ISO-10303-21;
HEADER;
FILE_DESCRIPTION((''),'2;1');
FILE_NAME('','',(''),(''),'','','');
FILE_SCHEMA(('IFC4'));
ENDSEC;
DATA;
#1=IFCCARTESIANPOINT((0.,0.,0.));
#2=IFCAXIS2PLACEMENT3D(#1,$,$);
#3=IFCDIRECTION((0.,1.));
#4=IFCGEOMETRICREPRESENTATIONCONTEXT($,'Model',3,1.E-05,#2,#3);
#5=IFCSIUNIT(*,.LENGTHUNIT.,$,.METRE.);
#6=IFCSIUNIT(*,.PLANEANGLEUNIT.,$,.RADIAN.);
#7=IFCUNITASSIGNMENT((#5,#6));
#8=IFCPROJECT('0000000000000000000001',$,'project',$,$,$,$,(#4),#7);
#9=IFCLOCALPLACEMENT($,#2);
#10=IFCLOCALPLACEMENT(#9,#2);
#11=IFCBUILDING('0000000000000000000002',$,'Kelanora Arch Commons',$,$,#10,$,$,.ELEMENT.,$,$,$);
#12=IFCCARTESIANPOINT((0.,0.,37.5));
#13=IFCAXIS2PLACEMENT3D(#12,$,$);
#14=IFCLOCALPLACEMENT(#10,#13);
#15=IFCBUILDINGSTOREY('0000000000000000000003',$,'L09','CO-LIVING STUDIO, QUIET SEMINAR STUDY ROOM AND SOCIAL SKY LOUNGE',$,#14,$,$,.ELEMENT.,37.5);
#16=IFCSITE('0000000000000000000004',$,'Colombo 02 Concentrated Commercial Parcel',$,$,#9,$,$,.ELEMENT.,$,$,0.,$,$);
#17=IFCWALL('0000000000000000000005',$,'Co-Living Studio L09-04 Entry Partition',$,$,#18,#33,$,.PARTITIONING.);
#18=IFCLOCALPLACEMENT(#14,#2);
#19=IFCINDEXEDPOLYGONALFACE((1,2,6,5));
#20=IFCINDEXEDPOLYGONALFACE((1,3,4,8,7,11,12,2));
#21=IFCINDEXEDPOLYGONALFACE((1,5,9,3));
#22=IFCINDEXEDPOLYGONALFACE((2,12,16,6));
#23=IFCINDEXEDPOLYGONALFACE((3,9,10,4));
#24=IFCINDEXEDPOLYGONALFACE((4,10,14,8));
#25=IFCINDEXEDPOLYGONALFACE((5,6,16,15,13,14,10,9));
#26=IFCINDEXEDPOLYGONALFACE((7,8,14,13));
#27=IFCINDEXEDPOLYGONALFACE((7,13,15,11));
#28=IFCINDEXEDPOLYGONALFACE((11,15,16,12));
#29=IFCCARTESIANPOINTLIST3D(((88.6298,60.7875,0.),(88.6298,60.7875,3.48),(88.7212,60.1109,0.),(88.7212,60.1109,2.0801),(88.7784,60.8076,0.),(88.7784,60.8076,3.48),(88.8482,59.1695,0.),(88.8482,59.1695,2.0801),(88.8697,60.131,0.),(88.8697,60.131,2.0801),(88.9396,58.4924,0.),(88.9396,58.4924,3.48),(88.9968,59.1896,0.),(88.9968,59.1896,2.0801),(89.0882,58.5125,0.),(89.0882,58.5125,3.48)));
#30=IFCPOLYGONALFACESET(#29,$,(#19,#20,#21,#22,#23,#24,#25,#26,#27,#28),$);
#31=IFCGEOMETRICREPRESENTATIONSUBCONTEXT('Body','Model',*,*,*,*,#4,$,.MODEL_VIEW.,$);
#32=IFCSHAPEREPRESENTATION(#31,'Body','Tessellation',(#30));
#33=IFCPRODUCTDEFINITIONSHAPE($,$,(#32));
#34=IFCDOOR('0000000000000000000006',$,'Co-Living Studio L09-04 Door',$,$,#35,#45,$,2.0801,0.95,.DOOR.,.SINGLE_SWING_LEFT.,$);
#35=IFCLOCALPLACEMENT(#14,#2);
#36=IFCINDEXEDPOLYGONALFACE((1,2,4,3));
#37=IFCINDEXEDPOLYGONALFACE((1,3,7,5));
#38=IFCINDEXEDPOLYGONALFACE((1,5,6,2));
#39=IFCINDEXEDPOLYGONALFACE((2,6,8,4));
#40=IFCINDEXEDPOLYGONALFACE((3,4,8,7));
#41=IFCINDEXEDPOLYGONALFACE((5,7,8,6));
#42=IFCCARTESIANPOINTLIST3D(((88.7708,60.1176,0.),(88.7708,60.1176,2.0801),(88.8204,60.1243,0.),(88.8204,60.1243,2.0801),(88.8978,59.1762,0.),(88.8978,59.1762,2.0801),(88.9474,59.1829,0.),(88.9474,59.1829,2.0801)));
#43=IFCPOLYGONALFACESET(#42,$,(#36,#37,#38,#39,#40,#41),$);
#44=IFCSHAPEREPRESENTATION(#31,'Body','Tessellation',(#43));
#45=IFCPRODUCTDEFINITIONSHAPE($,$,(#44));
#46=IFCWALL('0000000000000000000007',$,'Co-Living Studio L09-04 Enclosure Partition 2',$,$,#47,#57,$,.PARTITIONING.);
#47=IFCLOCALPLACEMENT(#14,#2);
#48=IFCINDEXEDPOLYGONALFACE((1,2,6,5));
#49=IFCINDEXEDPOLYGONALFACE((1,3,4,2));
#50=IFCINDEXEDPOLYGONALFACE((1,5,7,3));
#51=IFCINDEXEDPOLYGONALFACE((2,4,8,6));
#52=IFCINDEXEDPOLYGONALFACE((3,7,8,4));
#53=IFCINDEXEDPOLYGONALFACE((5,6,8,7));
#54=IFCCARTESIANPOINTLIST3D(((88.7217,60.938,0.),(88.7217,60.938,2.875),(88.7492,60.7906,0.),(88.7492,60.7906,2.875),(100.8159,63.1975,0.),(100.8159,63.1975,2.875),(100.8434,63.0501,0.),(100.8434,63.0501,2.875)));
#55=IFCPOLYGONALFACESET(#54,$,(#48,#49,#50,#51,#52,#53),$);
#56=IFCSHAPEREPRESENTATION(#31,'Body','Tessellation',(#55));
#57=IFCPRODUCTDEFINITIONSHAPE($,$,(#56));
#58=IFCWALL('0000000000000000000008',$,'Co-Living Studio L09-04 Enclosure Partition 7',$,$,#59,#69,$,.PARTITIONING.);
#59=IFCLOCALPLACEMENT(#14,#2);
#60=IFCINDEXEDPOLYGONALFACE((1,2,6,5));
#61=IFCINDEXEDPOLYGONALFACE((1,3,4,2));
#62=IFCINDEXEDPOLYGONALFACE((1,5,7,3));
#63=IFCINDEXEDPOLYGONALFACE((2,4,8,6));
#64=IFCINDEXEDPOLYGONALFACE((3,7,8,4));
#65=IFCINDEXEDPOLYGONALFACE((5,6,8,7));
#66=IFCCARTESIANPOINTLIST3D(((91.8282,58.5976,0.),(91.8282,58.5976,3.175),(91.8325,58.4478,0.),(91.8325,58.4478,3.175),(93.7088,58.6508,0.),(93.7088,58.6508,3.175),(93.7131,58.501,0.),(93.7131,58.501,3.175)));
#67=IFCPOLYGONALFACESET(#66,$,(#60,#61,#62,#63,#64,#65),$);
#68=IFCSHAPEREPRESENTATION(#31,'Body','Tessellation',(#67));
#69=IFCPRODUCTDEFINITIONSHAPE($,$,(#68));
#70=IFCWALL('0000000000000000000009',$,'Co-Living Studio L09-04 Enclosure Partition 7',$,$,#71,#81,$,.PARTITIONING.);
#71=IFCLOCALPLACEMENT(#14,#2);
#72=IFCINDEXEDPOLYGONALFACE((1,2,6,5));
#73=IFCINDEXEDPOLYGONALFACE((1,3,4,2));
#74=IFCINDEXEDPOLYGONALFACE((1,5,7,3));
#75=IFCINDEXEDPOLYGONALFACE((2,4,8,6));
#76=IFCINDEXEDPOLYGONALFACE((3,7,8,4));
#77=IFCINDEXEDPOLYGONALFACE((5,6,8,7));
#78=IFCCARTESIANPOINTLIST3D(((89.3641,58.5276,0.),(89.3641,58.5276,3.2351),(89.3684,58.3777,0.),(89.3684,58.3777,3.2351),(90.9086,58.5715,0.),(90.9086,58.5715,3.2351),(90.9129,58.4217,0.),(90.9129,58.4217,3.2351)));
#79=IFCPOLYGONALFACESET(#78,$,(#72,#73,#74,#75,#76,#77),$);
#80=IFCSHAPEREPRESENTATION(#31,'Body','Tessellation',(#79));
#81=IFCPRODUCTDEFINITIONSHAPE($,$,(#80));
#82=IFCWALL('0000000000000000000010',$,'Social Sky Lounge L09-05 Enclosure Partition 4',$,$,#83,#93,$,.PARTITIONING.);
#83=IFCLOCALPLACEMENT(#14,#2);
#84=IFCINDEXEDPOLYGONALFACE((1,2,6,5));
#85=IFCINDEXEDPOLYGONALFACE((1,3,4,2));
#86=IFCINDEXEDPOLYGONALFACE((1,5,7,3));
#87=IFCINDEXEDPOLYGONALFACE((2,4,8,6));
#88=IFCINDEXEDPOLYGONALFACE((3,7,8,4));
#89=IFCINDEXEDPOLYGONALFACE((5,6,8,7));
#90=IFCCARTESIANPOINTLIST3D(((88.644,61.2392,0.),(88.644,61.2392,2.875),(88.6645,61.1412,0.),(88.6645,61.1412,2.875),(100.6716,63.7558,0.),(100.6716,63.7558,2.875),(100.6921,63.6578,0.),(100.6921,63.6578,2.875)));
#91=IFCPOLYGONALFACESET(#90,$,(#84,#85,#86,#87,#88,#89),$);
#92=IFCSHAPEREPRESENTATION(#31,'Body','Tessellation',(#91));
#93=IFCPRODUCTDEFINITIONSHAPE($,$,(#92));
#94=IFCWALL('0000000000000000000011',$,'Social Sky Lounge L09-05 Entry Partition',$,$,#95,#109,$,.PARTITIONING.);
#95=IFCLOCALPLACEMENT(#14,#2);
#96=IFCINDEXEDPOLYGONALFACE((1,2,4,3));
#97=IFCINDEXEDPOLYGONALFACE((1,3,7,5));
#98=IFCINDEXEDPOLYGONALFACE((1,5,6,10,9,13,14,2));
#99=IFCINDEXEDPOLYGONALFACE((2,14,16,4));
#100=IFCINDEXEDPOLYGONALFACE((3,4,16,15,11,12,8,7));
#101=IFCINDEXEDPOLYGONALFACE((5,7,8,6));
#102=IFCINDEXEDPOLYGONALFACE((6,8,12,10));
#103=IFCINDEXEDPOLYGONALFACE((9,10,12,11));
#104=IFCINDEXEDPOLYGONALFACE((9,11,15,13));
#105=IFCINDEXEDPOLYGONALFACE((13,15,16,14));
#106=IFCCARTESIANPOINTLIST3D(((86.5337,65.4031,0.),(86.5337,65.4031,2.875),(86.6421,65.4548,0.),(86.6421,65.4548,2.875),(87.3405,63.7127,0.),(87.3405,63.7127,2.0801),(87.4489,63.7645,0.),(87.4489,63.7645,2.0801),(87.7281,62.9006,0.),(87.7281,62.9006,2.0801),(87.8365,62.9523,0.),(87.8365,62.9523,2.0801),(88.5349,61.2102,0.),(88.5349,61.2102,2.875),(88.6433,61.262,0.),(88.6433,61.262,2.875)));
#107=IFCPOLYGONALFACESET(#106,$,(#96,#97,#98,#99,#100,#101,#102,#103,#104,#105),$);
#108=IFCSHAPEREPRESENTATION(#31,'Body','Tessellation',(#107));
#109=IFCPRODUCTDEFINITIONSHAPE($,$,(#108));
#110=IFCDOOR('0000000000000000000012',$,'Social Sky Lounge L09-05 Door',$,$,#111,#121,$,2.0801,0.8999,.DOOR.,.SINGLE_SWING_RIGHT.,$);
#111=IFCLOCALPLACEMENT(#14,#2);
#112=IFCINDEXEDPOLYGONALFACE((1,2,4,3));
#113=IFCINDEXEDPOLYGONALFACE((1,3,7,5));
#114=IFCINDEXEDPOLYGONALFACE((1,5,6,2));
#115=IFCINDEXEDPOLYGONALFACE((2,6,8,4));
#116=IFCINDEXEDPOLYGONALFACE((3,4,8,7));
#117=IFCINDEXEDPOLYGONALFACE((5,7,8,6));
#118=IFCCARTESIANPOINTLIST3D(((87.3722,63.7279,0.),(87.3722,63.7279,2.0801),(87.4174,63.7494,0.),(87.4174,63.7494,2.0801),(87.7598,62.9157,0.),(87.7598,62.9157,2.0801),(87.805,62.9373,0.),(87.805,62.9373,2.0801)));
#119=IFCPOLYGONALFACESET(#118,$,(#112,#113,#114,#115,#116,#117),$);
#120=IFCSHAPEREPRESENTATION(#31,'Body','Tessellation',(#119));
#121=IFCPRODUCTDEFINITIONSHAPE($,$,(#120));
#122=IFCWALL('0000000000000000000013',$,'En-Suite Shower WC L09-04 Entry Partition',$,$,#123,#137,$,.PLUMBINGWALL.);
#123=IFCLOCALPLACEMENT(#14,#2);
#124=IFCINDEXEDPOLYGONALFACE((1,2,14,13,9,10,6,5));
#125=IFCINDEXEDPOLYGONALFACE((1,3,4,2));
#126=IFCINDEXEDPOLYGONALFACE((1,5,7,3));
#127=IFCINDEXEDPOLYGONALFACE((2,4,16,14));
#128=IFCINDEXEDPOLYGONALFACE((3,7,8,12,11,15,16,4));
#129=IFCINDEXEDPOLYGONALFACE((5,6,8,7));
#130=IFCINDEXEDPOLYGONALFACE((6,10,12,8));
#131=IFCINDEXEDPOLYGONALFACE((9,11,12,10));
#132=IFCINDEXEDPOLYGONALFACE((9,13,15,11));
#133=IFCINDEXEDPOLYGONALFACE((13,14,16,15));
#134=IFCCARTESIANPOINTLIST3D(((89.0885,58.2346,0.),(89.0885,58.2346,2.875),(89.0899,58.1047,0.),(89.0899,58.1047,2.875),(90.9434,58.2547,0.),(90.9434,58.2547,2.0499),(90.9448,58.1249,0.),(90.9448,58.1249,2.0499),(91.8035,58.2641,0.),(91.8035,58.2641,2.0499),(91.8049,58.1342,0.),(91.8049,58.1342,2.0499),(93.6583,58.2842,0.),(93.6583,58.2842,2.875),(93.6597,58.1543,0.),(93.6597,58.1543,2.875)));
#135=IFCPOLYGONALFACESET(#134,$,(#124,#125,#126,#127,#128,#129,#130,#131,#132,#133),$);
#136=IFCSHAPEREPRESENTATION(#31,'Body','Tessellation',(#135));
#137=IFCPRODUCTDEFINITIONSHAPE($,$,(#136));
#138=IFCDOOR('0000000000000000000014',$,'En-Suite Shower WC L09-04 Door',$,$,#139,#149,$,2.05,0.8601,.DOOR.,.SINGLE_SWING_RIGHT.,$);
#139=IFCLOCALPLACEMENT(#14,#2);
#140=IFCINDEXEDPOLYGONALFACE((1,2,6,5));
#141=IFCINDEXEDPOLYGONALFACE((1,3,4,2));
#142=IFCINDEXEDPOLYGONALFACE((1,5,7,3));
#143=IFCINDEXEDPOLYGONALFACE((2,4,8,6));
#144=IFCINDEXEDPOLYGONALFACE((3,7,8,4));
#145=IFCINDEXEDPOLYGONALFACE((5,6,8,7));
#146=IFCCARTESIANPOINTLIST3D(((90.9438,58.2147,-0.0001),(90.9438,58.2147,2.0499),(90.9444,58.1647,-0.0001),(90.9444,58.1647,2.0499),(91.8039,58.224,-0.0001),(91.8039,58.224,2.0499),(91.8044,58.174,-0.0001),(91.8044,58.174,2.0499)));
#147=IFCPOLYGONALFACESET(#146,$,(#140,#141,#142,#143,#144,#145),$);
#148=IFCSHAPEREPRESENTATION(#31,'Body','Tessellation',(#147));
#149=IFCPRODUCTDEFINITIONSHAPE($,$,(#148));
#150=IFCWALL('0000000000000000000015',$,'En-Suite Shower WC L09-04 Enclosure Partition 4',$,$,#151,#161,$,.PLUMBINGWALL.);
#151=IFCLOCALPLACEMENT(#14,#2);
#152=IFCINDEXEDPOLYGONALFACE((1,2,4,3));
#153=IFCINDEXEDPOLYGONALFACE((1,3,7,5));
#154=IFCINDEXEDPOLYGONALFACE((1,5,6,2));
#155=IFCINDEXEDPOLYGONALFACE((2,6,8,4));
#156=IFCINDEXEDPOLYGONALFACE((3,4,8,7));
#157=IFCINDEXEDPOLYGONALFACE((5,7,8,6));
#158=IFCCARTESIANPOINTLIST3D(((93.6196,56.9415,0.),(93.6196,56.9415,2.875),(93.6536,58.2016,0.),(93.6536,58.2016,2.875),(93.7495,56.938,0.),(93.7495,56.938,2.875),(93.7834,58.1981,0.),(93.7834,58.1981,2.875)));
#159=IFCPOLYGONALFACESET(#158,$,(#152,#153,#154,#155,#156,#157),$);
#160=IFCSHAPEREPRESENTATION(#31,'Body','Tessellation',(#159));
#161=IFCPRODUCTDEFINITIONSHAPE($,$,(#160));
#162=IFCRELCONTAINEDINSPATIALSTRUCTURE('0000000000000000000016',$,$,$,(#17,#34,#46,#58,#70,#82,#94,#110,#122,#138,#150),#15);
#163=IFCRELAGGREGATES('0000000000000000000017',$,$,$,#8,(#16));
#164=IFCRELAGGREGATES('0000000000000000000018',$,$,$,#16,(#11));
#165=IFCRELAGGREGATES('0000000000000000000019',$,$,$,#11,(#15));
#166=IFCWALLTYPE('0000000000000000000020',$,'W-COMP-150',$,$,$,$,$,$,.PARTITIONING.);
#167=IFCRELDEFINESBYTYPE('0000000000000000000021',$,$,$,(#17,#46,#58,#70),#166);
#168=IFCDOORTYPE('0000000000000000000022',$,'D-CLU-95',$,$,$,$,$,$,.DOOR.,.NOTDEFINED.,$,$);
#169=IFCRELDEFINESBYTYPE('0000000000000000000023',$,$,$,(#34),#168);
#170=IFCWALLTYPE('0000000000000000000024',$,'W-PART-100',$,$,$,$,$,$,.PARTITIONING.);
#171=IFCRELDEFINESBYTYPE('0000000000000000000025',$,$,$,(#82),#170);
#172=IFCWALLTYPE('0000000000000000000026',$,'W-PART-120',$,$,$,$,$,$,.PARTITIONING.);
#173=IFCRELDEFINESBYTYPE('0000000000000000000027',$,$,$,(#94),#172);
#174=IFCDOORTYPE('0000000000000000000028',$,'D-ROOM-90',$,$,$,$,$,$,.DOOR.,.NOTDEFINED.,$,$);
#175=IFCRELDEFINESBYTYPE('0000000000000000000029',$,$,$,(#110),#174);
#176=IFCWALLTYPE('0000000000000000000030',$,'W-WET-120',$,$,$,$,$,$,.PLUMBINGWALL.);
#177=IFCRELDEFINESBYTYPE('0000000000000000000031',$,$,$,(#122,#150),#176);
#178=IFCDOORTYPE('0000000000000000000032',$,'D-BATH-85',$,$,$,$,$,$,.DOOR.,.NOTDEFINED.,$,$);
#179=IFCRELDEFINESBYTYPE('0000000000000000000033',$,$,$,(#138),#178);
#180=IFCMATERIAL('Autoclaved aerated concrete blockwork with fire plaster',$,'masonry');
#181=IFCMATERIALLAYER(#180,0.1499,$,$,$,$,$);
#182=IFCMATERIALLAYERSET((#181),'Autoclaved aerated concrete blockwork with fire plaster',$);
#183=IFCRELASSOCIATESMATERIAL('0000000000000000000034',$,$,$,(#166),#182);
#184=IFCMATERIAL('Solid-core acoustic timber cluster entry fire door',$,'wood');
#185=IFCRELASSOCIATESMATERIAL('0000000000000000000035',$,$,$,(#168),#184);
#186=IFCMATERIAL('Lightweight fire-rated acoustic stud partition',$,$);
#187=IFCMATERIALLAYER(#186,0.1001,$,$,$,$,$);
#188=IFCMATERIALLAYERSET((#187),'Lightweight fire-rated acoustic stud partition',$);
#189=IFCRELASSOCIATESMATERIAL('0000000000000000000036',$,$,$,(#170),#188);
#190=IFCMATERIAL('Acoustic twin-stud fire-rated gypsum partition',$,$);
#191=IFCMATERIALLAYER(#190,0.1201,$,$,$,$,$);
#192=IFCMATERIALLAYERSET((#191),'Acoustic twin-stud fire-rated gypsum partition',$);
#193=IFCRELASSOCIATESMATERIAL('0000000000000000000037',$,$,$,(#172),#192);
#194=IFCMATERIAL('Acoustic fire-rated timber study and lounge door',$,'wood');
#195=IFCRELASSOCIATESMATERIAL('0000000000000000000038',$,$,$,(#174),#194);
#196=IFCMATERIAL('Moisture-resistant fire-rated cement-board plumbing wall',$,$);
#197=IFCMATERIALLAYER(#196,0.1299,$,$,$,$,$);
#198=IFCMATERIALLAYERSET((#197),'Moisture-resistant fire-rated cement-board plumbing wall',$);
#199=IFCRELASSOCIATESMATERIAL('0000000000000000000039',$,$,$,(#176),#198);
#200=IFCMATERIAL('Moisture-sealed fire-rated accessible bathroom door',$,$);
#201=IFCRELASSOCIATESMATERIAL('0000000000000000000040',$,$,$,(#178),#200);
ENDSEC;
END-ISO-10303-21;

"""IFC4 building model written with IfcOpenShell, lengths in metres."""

from ifc_helpers import new_model, si_unit, direction, frame, frame_2d, origin, place, context, subcontext, project, spatial, rectangle, extrude, material, layer, layer_set, type_object, element, fill, save


model = new_model("IFC4")

# Units and contexts
model_context = context("Model", 3, precision=1e-05, world=origin(), true_north=direction((0.0, 1.0)))
body_context = subcontext(model_context, "Body", "Model", "MODEL_VIEW")
ifc_project = project(units=[si_unit("LENGTHUNIT", "METRE"), si_unit("PLANEANGLEUNIT", "RADIAN")], contexts=[model_context])

# Site, building, storey
site_placement = place(None, origin())
site = spatial("IfcSite", under=ifc_project, at=site_placement, Name="Colombo 02 Concentrated Commercial Parcel", CompositionType="ELEMENT", RefElevation=0.0)
building_placement = place(site_placement, origin())
building = spatial("IfcBuilding", under=site, at=building_placement, Name="Kelanora Arch Commons", CompositionType="ELEMENT")
storey_placement = place(building_placement, frame((0.0, 0.0, 37.5)))
storey = spatial("IfcBuildingStorey", under=building, at=storey_placement, Name="L09", Description="CO-LIVING STUDIO, QUIET SEMINAR STUDY ROOM AND SOCIAL SKY LOUNGE", CompositionType="ELEMENT", Elevation=37.5)

# Wall, opening, door
ifc_material_1 = material(Name="Autoclaved aerated concrete blockwork with fire plaster", Category="masonry")
ifc_layer_1 = layer(ifc_material_1, 0.1499)
ifc_layer_set_1 = layer_set([ifc_layer_1], Name="Autoclaved aerated concrete blockwork with fire plaster")
wall_type_1 = type_object("IfcWallType", Name="W-COMP-150", PredefinedType="PARTITIONING", material=ifc_layer_set_1)
wall_1_placement = place(storey_placement, frame((89.0139, 58.5024, 0.0), z_axis=(0.0, 0.0, 1.0), x_axis=(-0.133772, 0.991012, 0.0)))
wall_1 = element("IfcWall", 1, at=wall_1_placement, inside=storey, type_object=wall_type_1, Name="Co-Living Studio L09-04 Entry Partition", PredefinedType="PARTITIONING", context=body_context, shape_type="SweptSolid", body=[
    extrude(rectangle(XDim=2.3159, YDim=0.1499, at=frame_2d((1.158, 0.0))), origin(), (0.0, 0.0, 1.0), 3.48),
])
opening_1_placement = place(wall_1_placement, frame((0.6831, 0.0, 0.0)))
opening_1 = element("IfcOpeningElement", 2, at=opening_1_placement, cuts=wall_1, PredefinedType="OPENING", context=body_context, shape_type="SweptSolid", body=[
    extrude(rectangle(XDim=0.95, YDim=2.0801, at=frame_2d((0.4751, 1.04))), frame((0.0, 0.085, 0.0), z_axis=(0.0, -1.0, 0.0), x_axis=(1.0, 0.0, 0.0)), (0.0, 0.0, 1.0), 0.1699),
])
ifc_material_2 = material(Name="Solid-core acoustic timber cluster entry fire door", Category="wood")
door_type_1 = type_object("IfcDoorType", Name="D-CLU-95", OperationType="NOTDEFINED", PredefinedType="DOOR", material=ifc_material_2)
door_1_placement = place(opening_1_placement, origin())
door_1 = element("IfcDoor", 3, at=door_1_placement, inside=storey, type_object=door_type_1, Name="Co-Living Studio L09-04 Door", OperationType="SINGLE_SWING_LEFT", OverallHeight=2.0801, OverallWidth=0.95, PredefinedType="DOOR", context=body_context, shape_type="SweptSolid", body=[
    extrude(rectangle(XDim=0.95, YDim=2.0801, at=frame_2d((0.4751, 1.04))), frame((0.0, 0.0249, 0.0), z_axis=(0.0, -1.0, 0.0), x_axis=(1.0, 0.0, 0.0)), (0.0, 0.0, 1.0), 0.05),
])
fill(opening_1, door_1)

# Walls
wall_2_placement = place(storey_placement, frame((88.7354, 60.8643, 0.0), z_axis=(0.0, 0.0, 1.0), x_axis=(0.982992, 0.183649, 0.0)))
element("IfcWall", 4, at=wall_2_placement, inside=storey, type_object=wall_type_1, Name="Co-Living Studio L09-04 Enclosure Partition 2", PredefinedType="PARTITIONING", context=body_context, shape_type="SweptSolid", body=[
    extrude(rectangle(XDim=12.3035, YDim=0.1499, at=frame_2d((6.1519, 0.0))), origin(), (0.0, 0.0, 1.0), 2.875),
])
wall_3_placement = place(storey_placement, frame((93.7109, 58.5759, 0.0), z_axis=(0.0, 0.0, 1.0), x_axis=(-0.9996, -0.028289, 0.0)))
element("IfcWall", 5, at=wall_3_placement, inside=storey, type_object=wall_type_1, Name="Co-Living Studio L09-04 Enclosure Partition 7", PredefinedType="PARTITIONING", context=body_context, shape_type="SweptSolid", body=[
    extrude(rectangle(XDim=1.8813, YDim=0.1499, at=frame_2d((0.9407, 0.0))), origin(), (0.0, 0.0, 1.0), 3.175),
])
wall_4_placement = place(storey_placement, frame((90.9106, 58.4966, 0.0), z_axis=(0.0, 0.0, 1.0), x_axis=(-0.999595, -0.028442, 0.0)))
element("IfcWall", 6, at=wall_4_placement, inside=storey, type_object=wall_type_1, Name="Co-Living Studio L09-04 Enclosure Partition 7", PredefinedType="PARTITIONING", context=body_context, shape_type="SweptSolid", body=[
    extrude(rectangle(XDim=1.5452, YDim=0.1499, at=frame_2d((0.7725, 0.0))), origin(), (0.0, 0.0, 1.0), 3.2351),
])
ifc_material_3 = material(Name="Lightweight fire-rated acoustic stud partition")
ifc_layer_2 = layer(ifc_material_3, 0.1001)
ifc_layer_set_2 = layer_set([ifc_layer_2], Name="Lightweight fire-rated acoustic stud partition")
wall_type_2 = type_object("IfcWallType", Name="W-PART-100", PredefinedType="PARTITIONING", material=ifc_layer_set_2)
wall_5_placement = place(storey_placement, frame((100.6819, 63.7068, 0.0), z_axis=(0.0, 0.0, 1.0), x_axis=(-0.978804, -0.204801, 0.0)))
element("IfcWall", 7, at=wall_5_placement, inside=storey, type_object=wall_type_2, Name="Social Sky Lounge L09-05 Enclosure Partition 4", PredefinedType="PARTITIONING", context=body_context, shape_type="SweptSolid", body=[
    extrude(rectangle(XDim=12.2881, YDim=0.1001, at=frame_2d((6.144, 0.0))), origin(), (0.0, 0.0, 1.0), 2.875),
])

# Walls, openings, doors
ifc_material_4 = material(Name="Acoustic twin-stud fire-rated gypsum partition")
ifc_layer_3 = layer(ifc_material_4, 0.1201)
ifc_layer_set_3 = layer_set([ifc_layer_3], Name="Acoustic twin-stud fire-rated gypsum partition")
wall_type_3 = type_object("IfcWallType", Name="W-PART-120", PredefinedType="PARTITIONING", material=ifc_layer_set_3)
wall_6_placement = place(storey_placement, frame((88.5891, 61.2361, 0.0), z_axis=(0.0, 0.0, 1.0), x_axis=(-0.430743, 0.902475, 0.0)))
wall_6 = element("IfcWall", 8, at=wall_6_placement, inside=storey, type_object=wall_type_3, Name="Social Sky Lounge L09-05 Entry Partition", PredefinedType="PARTITIONING", context=body_context, shape_type="SweptSolid", body=[
    extrude(rectangle(XDim=4.646, YDim=0.1201, at=frame_2d((2.323, 0.0))), origin(), (0.0, 0.0, 1.0), 2.875),
])
opening_2_placement = place(wall_6_placement, frame((1.873, 0.0, 0.0)))
opening_2 = element("IfcOpeningElement", 9, at=opening_2_placement, cuts=wall_6, PredefinedType="OPENING", context=body_context, shape_type="SweptSolid", body=[
    extrude(rectangle(XDim=0.8999, YDim=2.0801, at=frame_2d((0.45, 1.04))), frame((0.0, 0.0701, 0.0), z_axis=(0.0, -1.0, 0.0), x_axis=(1.0, 0.0, 0.0)), (0.0, 0.0, 1.0), 0.1401),
])
ifc_material_5 = material(Name="Acoustic fire-rated timber study and lounge door", Category="wood")
door_type_2 = type_object("IfcDoorType", Name="D-ROOM-90", OperationType="NOTDEFINED", PredefinedType="DOOR", material=ifc_material_5)
door_2_placement = place(opening_2_placement, origin())
door_2 = element("IfcDoor", 10, at=door_2_placement, inside=storey, type_object=door_type_2, Name="Social Sky Lounge L09-05 Door", OperationType="SINGLE_SWING_RIGHT", OverallHeight=2.0801, OverallWidth=0.8999, PredefinedType="DOOR", context=body_context, shape_type="SweptSolid", body=[
    extrude(rectangle(XDim=0.8999, YDim=2.0801, at=frame_2d((0.45, 1.04))), frame((0.0, 0.0249, 0.0), z_axis=(0.0, -1.0, 0.0), x_axis=(1.0, 0.0, 0.0)), (0.0, 0.0, 1.0), 0.05),
])
fill(opening_2, door_2)
ifc_material_6 = material(Name="Moisture-resistant fire-rated cement-board plumbing wall")
ifc_layer_4 = layer(ifc_material_6, 0.1299)
ifc_layer_set_4 = layer_set([ifc_layer_4], Name="Moisture-resistant fire-rated cement-board plumbing wall")
wall_type_4 = type_object("IfcWallType", Name="W-WET-120", PredefinedType="PLUMBINGWALL", material=ifc_layer_set_4)
wall_7_placement = place(storey_placement, frame((89.0891, 58.1697, 0.0), z_axis=(0.0, 0.0, 1.0), x_axis=(0.999941, 0.010845, 0.0)))
wall_7 = element("IfcWall", 11, at=wall_7_placement, inside=storey, type_object=wall_type_4, Name="En-Suite Shower WC L09-04 Entry Partition", PredefinedType="PLUMBINGWALL", context=body_context, shape_type="SweptSolid", body=[
    extrude(rectangle(XDim=4.5701, YDim=0.1299, at=frame_2d((2.2852, 0.0))), origin(), (0.0, 0.0, 1.0), 2.875),
])
opening_3_placement = place(wall_7_placement, frame((1.855, 0.0, 0.0)))
opening_3 = element("IfcOpeningElement", 12, at=opening_3_placement, cuts=wall_7, PredefinedType="OPENING", context=body_context, shape_type="SweptSolid", body=[
    extrude(rectangle(XDim=0.8601, YDim=2.05, at=frame_2d((0.4302, 1.0249))), frame((0.0, 0.075, 0.0), z_axis=(0.0, -1.0, 0.0), x_axis=(1.0, 0.0, 0.0)), (0.0, 0.0, 1.0), 0.1499),
])
ifc_material_7 = material(Name="Moisture-sealed fire-rated accessible bathroom door")
door_type_3 = type_object("IfcDoorType", Name="D-BATH-85", OperationType="NOTDEFINED", PredefinedType="DOOR", material=ifc_material_7)
door_3_placement = place(opening_3_placement, origin())
door_3 = element("IfcDoor", 13, at=door_3_placement, inside=storey, type_object=door_type_3, Name="En-Suite Shower WC L09-04 Door", OperationType="SINGLE_SWING_RIGHT", OverallHeight=2.05, OverallWidth=0.8601, PredefinedType="DOOR", context=body_context, shape_type="SweptSolid", body=[
    extrude(rectangle(XDim=0.8601, YDim=2.05, at=frame_2d((0.4302, 1.0249))), frame((0.0, 0.0249, 0.0), z_axis=(0.0, -1.0, 0.0), x_axis=(1.0, 0.0, 0.0)), (0.0, 0.0, 1.0), 0.05),
])
fill(opening_3, door_3)

# Wall
wall_8_placement = place(storey_placement, frame((93.7185, 58.2, 0.0), z_axis=(0.0, 0.0, 1.0), x_axis=(-0.026923, -0.999638, 0.0)))
element("IfcWall", 14, at=wall_8_placement, inside=storey, type_object=wall_type_4, Name="En-Suite Shower WC L09-04 Enclosure Partition 4", PredefinedType="PLUMBINGWALL", context=body_context, shape_type="SweptSolid", body=[
    extrude(rectangle(XDim=1.2605, YDim=0.1299, at=frame_2d((0.6304, 0.0))), origin(), (0.0, 0.0, 1.0), 2.875),
])

save(model, "model.ifc")
